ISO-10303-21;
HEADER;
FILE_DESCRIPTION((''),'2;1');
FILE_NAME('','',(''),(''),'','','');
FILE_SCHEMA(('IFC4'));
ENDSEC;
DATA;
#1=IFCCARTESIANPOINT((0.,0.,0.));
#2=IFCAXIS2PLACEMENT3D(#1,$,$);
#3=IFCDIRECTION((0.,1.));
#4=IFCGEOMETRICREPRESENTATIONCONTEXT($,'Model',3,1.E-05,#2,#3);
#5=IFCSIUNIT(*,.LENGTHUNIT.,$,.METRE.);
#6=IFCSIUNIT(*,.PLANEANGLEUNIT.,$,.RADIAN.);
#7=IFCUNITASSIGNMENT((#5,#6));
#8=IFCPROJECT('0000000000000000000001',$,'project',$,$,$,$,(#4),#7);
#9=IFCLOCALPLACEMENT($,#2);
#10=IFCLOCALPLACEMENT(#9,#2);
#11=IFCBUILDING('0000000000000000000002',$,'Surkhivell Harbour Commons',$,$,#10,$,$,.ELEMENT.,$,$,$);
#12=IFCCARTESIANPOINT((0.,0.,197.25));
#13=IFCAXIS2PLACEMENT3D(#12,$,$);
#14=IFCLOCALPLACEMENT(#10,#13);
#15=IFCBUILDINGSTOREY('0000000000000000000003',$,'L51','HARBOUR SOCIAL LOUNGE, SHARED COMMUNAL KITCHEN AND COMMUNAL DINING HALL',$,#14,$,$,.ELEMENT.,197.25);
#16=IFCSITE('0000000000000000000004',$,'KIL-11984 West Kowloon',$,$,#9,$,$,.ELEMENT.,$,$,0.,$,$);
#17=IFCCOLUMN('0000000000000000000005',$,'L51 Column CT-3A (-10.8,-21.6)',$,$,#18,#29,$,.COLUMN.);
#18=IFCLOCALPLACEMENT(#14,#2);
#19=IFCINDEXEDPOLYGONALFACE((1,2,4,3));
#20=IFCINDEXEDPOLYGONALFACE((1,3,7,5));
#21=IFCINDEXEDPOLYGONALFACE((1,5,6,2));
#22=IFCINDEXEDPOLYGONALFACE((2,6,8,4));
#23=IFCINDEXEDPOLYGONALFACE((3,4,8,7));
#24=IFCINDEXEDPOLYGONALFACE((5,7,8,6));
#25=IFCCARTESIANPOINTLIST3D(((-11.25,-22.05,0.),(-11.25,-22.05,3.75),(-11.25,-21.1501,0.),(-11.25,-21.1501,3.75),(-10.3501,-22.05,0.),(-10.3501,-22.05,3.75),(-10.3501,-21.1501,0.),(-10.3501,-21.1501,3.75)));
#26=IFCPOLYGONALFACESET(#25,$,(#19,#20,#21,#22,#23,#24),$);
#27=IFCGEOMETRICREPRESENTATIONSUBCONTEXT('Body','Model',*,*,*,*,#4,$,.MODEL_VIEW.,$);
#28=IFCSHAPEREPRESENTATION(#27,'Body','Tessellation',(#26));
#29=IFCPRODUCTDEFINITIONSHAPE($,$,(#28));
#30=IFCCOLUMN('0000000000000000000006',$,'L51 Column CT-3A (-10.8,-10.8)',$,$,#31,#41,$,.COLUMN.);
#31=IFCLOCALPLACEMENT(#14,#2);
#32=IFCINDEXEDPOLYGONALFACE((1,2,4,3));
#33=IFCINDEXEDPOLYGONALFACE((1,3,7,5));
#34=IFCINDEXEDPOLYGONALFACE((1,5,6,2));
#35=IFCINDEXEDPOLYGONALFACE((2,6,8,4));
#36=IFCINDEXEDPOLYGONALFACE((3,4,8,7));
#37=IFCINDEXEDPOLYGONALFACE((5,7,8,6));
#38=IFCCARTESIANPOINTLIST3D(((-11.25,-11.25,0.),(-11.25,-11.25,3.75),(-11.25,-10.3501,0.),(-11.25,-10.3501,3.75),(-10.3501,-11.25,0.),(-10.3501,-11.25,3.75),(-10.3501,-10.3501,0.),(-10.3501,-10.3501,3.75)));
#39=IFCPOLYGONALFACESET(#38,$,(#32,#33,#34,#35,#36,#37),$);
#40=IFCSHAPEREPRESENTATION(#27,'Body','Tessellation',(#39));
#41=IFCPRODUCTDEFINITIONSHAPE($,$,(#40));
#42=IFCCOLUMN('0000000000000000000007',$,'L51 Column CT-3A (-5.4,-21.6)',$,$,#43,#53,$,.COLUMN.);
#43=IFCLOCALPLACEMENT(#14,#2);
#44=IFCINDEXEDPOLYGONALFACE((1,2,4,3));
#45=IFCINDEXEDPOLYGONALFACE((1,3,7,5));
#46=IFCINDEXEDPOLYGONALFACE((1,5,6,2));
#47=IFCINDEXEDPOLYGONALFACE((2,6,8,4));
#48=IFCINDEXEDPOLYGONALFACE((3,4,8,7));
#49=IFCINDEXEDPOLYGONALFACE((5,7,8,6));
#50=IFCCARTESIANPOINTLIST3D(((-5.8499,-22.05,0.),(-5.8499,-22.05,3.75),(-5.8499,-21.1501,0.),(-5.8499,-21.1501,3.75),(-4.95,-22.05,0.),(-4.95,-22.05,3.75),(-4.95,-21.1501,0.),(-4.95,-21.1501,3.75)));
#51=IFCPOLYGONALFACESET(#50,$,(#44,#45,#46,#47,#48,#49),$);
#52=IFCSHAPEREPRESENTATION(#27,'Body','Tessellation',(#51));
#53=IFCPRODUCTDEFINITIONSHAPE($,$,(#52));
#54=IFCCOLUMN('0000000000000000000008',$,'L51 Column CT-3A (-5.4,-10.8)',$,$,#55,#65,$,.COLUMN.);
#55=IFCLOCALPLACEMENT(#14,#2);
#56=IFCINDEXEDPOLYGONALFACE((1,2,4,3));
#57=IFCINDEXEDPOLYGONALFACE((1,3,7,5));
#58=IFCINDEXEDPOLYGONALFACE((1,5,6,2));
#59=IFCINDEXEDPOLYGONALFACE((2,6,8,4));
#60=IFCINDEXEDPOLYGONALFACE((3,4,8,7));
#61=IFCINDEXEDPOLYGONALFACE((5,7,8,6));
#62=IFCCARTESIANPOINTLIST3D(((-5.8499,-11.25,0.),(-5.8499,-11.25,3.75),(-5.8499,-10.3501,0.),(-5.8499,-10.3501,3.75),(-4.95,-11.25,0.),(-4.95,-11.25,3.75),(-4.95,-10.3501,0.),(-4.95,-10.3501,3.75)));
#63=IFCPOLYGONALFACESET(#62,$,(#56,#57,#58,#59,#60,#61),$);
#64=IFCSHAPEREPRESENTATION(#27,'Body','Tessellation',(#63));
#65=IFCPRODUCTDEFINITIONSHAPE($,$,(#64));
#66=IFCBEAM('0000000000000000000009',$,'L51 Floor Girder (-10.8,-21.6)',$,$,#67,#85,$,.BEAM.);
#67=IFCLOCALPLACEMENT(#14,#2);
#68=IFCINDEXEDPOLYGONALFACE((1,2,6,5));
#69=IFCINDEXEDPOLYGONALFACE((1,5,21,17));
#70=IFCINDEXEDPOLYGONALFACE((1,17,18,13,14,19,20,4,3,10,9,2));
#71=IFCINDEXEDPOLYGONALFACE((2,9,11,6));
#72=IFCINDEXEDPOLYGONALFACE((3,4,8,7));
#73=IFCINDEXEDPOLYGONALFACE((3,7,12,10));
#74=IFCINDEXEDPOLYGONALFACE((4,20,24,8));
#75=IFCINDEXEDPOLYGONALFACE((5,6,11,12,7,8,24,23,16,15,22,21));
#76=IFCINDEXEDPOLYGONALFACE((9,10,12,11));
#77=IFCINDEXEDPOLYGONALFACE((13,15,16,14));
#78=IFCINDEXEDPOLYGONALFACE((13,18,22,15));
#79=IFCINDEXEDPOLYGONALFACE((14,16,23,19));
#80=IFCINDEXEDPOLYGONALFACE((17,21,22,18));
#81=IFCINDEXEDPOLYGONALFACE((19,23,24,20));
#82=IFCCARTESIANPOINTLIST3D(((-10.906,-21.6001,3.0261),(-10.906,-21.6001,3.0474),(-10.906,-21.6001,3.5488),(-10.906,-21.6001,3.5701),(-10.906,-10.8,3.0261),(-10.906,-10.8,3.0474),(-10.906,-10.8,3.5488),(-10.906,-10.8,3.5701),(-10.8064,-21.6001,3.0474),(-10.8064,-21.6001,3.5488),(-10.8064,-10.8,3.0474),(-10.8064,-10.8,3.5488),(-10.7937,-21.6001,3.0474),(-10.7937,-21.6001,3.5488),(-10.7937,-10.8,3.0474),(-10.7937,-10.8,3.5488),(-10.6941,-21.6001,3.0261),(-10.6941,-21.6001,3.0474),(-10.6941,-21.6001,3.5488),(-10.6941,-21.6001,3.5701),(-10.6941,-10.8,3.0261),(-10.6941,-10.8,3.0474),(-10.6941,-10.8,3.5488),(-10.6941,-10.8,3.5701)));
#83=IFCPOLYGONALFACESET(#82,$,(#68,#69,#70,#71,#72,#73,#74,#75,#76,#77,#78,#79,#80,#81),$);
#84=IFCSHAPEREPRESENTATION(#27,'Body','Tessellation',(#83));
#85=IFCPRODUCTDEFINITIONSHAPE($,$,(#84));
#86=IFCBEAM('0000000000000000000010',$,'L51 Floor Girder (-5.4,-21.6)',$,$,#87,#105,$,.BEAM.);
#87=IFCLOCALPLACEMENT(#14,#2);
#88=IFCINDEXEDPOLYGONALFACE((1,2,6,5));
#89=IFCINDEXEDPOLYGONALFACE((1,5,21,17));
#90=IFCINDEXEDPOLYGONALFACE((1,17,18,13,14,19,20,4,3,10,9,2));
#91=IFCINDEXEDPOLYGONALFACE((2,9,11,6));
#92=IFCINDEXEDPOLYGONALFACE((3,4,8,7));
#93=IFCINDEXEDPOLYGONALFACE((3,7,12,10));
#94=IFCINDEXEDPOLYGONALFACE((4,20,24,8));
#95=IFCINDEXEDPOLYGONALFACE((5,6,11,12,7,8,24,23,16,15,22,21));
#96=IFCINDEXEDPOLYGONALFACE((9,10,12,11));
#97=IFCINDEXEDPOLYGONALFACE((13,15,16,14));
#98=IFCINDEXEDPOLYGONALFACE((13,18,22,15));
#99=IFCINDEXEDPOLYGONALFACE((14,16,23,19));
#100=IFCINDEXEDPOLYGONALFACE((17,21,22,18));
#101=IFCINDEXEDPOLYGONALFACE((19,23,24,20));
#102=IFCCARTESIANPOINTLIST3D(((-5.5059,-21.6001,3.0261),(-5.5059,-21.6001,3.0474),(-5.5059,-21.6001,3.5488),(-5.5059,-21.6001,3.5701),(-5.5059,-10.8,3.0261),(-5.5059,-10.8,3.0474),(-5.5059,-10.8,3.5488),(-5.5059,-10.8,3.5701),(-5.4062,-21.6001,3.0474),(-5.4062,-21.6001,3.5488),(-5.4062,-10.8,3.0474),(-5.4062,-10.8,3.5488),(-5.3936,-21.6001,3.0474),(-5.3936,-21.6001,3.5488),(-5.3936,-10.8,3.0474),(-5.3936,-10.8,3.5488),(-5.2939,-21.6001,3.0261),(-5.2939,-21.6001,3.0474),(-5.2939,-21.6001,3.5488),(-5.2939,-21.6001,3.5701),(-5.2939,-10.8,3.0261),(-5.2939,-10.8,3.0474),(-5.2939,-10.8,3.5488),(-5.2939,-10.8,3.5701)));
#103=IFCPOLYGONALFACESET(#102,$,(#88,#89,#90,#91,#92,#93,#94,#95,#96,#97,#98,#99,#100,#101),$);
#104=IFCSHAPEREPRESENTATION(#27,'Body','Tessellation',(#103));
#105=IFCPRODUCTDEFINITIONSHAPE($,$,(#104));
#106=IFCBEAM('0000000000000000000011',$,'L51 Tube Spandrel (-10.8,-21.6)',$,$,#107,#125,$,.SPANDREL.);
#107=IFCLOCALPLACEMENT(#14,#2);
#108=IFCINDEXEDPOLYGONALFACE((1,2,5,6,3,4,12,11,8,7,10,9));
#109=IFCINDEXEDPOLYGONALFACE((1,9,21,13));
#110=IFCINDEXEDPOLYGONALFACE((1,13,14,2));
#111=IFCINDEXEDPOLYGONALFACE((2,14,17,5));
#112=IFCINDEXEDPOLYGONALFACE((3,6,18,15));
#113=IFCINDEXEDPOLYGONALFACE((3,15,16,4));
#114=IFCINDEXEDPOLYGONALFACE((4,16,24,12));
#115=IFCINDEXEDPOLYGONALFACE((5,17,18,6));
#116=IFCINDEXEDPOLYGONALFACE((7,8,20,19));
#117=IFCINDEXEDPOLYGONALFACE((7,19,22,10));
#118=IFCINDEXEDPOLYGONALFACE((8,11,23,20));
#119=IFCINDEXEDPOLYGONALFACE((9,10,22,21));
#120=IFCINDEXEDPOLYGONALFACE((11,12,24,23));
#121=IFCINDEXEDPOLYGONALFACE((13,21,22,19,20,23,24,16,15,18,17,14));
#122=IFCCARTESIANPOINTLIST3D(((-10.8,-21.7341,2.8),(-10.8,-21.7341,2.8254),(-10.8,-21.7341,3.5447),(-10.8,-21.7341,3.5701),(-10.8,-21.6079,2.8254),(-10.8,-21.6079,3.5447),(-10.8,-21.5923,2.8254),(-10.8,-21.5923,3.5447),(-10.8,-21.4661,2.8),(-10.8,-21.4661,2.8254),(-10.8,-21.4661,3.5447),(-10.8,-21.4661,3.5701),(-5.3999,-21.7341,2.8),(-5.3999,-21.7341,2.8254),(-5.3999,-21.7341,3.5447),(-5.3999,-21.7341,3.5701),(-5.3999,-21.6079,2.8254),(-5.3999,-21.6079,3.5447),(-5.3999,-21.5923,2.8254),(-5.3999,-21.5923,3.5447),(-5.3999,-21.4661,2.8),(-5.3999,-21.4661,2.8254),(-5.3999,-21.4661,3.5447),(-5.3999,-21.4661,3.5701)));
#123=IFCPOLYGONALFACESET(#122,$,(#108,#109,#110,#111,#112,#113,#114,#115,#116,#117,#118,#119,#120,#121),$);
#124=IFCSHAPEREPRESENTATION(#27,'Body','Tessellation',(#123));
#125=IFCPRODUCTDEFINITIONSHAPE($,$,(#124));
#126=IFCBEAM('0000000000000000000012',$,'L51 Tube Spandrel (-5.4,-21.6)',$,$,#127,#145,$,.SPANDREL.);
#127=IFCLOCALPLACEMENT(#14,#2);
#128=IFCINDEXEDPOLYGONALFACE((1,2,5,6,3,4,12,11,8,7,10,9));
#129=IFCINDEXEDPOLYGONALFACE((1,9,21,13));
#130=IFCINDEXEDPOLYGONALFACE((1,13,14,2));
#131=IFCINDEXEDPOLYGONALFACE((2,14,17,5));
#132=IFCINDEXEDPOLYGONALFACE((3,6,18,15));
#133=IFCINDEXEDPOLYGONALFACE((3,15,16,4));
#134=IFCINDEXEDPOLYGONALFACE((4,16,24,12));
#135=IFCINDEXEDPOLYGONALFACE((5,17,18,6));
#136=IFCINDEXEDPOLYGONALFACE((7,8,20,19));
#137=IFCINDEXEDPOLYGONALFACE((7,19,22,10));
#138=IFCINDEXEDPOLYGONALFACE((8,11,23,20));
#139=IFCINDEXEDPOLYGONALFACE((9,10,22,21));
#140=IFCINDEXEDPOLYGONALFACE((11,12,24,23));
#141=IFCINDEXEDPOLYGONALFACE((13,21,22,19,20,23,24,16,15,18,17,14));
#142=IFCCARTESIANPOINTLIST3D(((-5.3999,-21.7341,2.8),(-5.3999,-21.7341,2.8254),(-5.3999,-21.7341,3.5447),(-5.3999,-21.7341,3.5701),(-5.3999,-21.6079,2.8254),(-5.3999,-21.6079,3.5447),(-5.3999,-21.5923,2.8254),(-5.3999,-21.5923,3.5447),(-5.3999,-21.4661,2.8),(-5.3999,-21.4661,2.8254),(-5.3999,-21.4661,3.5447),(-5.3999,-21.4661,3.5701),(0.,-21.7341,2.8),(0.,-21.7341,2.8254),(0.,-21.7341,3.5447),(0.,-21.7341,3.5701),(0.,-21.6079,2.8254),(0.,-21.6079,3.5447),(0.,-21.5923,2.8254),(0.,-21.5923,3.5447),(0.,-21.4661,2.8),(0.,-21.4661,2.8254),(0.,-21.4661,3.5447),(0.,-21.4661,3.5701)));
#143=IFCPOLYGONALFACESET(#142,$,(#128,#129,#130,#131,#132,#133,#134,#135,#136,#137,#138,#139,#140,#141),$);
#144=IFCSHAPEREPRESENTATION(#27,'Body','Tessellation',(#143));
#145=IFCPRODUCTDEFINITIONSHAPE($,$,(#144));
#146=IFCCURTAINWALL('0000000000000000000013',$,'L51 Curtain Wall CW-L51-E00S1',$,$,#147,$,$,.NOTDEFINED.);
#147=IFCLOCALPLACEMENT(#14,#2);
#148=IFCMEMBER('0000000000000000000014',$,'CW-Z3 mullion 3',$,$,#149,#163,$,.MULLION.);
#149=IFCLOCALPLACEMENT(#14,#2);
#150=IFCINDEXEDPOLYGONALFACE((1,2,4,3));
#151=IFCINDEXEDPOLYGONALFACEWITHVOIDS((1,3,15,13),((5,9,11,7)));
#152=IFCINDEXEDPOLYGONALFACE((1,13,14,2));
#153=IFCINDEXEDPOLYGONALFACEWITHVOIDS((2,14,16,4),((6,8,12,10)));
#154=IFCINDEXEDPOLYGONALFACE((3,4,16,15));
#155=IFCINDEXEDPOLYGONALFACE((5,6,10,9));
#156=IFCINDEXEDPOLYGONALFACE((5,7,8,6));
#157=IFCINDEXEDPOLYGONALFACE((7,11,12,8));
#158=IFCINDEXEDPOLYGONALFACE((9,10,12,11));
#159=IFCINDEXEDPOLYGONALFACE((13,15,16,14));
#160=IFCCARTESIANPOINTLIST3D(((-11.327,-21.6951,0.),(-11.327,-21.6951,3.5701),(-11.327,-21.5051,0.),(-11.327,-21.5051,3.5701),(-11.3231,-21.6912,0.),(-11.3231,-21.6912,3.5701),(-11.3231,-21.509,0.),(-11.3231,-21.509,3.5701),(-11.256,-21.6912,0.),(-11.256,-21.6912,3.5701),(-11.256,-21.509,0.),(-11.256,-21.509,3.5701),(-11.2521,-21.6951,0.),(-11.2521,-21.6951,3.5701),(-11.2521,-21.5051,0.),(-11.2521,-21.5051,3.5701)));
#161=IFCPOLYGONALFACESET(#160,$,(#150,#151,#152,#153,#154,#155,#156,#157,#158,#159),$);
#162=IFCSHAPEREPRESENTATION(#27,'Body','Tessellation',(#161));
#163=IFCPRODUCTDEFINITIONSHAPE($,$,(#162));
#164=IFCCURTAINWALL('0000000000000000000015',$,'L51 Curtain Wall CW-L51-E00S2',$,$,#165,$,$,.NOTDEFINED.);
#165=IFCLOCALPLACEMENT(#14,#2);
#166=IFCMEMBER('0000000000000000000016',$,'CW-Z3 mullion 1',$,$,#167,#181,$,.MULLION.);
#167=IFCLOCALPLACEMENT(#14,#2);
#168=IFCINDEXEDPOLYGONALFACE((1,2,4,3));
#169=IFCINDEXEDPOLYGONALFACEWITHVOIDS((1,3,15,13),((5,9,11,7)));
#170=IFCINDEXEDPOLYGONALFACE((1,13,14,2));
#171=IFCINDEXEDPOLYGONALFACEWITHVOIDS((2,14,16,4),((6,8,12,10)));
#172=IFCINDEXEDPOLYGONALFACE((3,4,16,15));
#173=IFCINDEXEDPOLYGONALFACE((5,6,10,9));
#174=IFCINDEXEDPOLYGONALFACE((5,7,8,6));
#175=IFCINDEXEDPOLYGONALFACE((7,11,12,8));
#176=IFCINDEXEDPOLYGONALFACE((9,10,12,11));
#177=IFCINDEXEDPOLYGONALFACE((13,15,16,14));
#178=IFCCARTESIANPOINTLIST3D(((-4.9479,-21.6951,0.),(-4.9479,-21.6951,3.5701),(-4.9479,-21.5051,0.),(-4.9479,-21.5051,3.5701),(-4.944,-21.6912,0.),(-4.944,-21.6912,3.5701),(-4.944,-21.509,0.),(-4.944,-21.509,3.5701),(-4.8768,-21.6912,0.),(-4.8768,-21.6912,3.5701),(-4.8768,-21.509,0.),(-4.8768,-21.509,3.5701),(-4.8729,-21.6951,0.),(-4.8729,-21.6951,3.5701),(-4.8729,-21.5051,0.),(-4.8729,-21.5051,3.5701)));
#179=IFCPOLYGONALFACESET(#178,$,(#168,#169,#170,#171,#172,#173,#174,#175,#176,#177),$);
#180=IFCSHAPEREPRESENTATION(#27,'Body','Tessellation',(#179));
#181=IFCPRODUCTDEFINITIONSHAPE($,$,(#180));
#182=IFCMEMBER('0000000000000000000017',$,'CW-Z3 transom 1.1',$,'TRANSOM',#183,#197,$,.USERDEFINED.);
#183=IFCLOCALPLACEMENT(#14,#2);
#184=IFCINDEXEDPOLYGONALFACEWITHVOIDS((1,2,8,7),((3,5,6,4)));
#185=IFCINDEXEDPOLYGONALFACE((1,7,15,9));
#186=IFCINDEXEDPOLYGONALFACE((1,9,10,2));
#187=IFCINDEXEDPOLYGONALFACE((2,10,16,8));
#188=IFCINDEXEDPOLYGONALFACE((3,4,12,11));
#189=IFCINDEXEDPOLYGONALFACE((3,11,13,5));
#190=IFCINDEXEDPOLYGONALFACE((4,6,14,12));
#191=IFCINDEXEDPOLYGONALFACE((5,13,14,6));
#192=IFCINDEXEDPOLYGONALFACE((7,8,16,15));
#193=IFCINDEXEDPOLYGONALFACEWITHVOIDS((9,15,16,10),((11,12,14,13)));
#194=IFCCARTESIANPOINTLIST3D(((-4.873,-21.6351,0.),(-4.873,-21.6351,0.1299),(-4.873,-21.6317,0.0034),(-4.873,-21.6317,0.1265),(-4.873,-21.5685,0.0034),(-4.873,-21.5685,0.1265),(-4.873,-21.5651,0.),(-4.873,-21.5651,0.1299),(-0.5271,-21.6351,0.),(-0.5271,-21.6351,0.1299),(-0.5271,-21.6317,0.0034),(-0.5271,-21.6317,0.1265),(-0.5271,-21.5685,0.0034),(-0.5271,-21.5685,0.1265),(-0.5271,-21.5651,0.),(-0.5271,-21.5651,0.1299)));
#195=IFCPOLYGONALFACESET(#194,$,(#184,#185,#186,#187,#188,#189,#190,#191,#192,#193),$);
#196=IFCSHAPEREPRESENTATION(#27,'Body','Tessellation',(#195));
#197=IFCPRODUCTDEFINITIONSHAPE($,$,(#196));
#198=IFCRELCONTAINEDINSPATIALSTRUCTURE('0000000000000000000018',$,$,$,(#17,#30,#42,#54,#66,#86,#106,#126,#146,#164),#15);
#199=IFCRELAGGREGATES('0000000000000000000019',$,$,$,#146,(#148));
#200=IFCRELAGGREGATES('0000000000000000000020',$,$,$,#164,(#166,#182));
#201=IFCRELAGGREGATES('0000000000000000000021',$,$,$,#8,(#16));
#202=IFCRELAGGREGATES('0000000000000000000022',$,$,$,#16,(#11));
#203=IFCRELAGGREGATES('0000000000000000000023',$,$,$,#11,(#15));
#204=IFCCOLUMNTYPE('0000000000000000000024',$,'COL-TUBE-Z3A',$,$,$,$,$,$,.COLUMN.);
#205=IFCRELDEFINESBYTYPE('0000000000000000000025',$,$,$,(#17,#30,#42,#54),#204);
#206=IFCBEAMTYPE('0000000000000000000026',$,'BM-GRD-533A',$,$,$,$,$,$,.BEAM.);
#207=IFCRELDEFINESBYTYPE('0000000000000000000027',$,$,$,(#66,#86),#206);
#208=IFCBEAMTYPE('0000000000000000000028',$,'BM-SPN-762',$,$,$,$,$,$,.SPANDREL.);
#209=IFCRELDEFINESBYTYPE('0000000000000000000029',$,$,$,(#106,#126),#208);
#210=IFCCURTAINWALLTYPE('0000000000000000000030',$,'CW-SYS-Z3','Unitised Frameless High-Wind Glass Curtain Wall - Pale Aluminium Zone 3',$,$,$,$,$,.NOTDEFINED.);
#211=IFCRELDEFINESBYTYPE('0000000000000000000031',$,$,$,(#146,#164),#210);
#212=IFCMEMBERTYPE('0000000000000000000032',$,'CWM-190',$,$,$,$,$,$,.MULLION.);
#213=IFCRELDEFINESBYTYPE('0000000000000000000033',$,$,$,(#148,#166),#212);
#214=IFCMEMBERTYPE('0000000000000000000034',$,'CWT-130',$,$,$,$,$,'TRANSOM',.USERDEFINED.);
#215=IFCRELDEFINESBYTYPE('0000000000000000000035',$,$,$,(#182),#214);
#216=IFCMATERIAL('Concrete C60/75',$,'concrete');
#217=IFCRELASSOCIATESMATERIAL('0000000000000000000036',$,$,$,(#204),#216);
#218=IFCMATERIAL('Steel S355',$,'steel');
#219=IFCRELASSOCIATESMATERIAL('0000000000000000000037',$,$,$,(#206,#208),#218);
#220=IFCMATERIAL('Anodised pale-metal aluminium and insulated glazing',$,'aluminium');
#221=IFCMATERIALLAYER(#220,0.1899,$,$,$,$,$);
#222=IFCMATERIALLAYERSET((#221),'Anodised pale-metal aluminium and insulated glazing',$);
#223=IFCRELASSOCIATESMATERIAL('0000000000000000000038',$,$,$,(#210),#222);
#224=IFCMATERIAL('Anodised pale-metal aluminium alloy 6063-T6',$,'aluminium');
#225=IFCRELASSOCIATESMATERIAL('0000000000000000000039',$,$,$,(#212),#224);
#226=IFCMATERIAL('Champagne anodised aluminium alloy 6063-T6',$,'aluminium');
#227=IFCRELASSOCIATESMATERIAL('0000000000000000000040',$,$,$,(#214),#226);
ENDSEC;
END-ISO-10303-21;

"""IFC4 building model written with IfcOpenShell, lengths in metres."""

from ifc_helpers import new_model, si_unit, direction, frame, origin, origin_2d, place, context, subcontext, project, spatial, rectangle, hollow_rectangle, i_section, extrude, material, layer, layer_set, material_profile, profile_set, type_object, element, aggregate, save


model = new_model("IFC4")

# Units and contexts
model_context = context("Model", 3, precision=1e-05, world=origin(), true_north=direction((0.0, 1.0)))
body_context = subcontext(model_context, "Body", "Model", "MODEL_VIEW")
ifc_project = project(units=[si_unit("LENGTHUNIT", "METRE"), si_unit("PLANEANGLEUNIT", "RADIAN")], contexts=[model_context])

# Site, building, storey
site_placement = place(None, origin())
site = spatial("IfcSite", under=ifc_project, at=site_placement, Name="KIL-11984 West Kowloon", CompositionType="ELEMENT", RefElevation=0.0)
building_placement = place(site_placement, origin())
building = spatial("IfcBuilding", under=site, at=building_placement, Name="Surkhivell Harbour Commons", CompositionType="ELEMENT")
storey_placement = place(building_placement, frame((0.0, 0.0, 197.25)))
storey = spatial("IfcBuildingStorey", under=building, at=storey_placement, Name="L51", Description="HARBOUR SOCIAL LOUNGE, SHARED COMMUNAL KITCHEN AND COMMUNAL DINING HALL", CompositionType="ELEMENT", Elevation=197.25)

# Columns
ifc_material_1 = material(Name="Concrete C60/75", Category="concrete")
ifc_material_profile_1 = material_profile(ifc_material_1, rectangle(XDim=0.8999, YDim=0.8999, at=origin_2d()), Name="RC-COL-900x900")
ifc_profile_set_1 = profile_set([ifc_material_profile_1], Name="Concrete C60/75")
column_type = type_object("IfcColumnType", Name="COL-TUBE-Z3A", PredefinedType="COLUMN", material=ifc_profile_set_1)
for number, where, z_axis, x_axis, name in (
    (1, (-10.8, -21.6001, 0.0), (0.0, 0.0, 1.0), (1.0, 0.0, 0.0), "L51 Column CT-3A (-10.8,-21.6)"),
    (2, (-10.8, -10.8, 0.0), (0.0, 0.0, 1.0), (1.0, 0.0, 0.0), "L51 Column CT-3A (-10.8,-10.8)"),
    (3, (-5.3999, -21.6001, 0.0), (0.0, 0.0, 1.0), (1.0, 0.0, 0.0), "L51 Column CT-3A (-5.4,-21.6)"),
    (4, (-5.3999, -10.8, 0.0), (0.0, 0.0, 1.0), (1.0, 0.0, 0.0), "L51 Column CT-3A (-5.4,-10.8)"),
):
    element("IfcColumn", number, at=place(storey_placement, frame(where, z_axis=z_axis, x_axis=x_axis)), inside=storey, type_object=column_type, Name=name, PredefinedType="COLUMN", context=body_context, shape_type="SweptSolid", body=[
        extrude(rectangle(XDim=0.8999, YDim=0.8999, at=origin_2d()), origin(), (0.0, 0.0, 1.0), 3.75),
    ])

# Beams
ifc_material_2 = material(Name="Steel S355", Category="steel")
ifc_material_profile_2 = material_profile(ifc_material_2, i_section(OverallWidth=0.2119, OverallDepth=0.5439, WebThickness=0.0127, FlangeThickness=0.0212, at=origin_2d()), Name="UB533x210x122")
ifc_profile_set_2 = profile_set([ifc_material_profile_2], Name="Steel S355")
beam_type_1 = type_object("IfcBeamType", Name="BM-GRD-533A", PredefinedType="BEAM", material=ifc_profile_set_2)
for number, where, z_axis, x_axis, name in (
    (5, (-10.8, -21.6001, 3.2981), (0.0, 1.0, 0.0), (-1.0, 0.0, 0.0), "L51 Floor Girder (-10.8,-21.6)"),
    (6, (-5.3999, -21.6001, 3.2981), (0.0, 1.0, 0.0), (-1.0, 0.0, 0.0), "L51 Floor Girder (-5.4,-21.6)"),
):
    element("IfcBeam", number, at=place(storey_placement, frame(where, z_axis=z_axis, x_axis=x_axis)), inside=storey, type_object=beam_type_1, Name=name, PredefinedType="BEAM", context=body_context, shape_type="SweptSolid", body=[
        extrude(i_section(OverallWidth=0.2119, OverallDepth=0.5439, WebThickness=0.0127, FlangeThickness=0.0212, at=origin_2d()), origin(), (0.0, 0.0, 1.0), 10.8),
    ])
ifc_material_profile_3 = material_profile(ifc_material_2, i_section(OverallWidth=0.2681, OverallDepth=0.77, WebThickness=0.0156, FlangeThickness=0.0254, at=origin_2d()), Name="UB762x267x197")
ifc_profile_set_3 = profile_set([ifc_material_profile_3], Name="Steel S355")
beam_type_2 = type_object("IfcBeamType", Name="BM-SPN-762", PredefinedType="SPANDREL", material=ifc_profile_set_3)
beam_1_placement = place(storey_placement, frame((-10.8, -21.6001, 3.1851), z_axis=(1.0, 0.0, 0.0), x_axis=(0.0, 1.0, 0.0)))
element("IfcBeam", 7, at=beam_1_placement, inside=storey, type_object=beam_type_2, Name="L51 Tube Spandrel (-10.8,-21.6)", PredefinedType="SPANDREL", context=body_context, shape_type="SweptSolid", body=[
    extrude(i_section(OverallWidth=0.2681, OverallDepth=0.77, WebThickness=0.0156, FlangeThickness=0.0254, at=origin_2d()), origin(), (0.0, 0.0, 1.0), 5.4001),
])
beam_2_placement = place(storey_placement, frame((-5.3999, -21.6001, 3.1851), z_axis=(1.0, 0.0, 0.0), x_axis=(0.0, 1.0, 0.0)))
element("IfcBeam", 8, at=beam_2_placement, inside=storey, type_object=beam_type_2, Name="L51 Tube Spandrel (-5.4,-21.6)", PredefinedType="SPANDREL", context=body_context, shape_type="SweptSolid", body=[
    extrude(i_section(OverallWidth=0.2681, OverallDepth=0.77, WebThickness=0.0156, FlangeThickness=0.0254, at=origin_2d()), origin(), (0.0, 0.0, 1.0), 5.3999),
])

# Curtain wall, member
ifc_material_3 = material(Name="Anodised pale-metal aluminium and insulated glazing", Category="aluminium")
ifc_layer_1 = layer(ifc_material_3, 0.1899)
ifc_layer_set_1 = layer_set([ifc_layer_1], Name="Anodised pale-metal aluminium and insulated glazing")
curtain_wall_type = type_object("IfcCurtainWallType", Name="CW-SYS-Z3", Description="Unitised Frameless High-Wind Glass Curtain Wall - Pale Aluminium Zone 3", PredefinedType="NOTDEFINED", material=ifc_layer_set_1)
curtain_wall_1_placement = place(storey_placement, origin())
curtain_wall_1 = element("IfcCurtainWall", 9, at=curtain_wall_1_placement, inside=storey, type_object=curtain_wall_type, Name="L51 Curtain Wall CW-L51-E00S1", PredefinedType="NOTDEFINED")
ifc_material_4 = material(Name="Anodised pale-metal aluminium alloy 6063-T6", Category="aluminium")
ifc_material_profile_4 = material_profile(ifc_material_4, hollow_rectangle(XDim=0.075, YDim=0.1899, WallThickness=0.0039, at=origin_2d()), Name="ALU-MULL-75x190")
ifc_profile_set_4 = profile_set([ifc_material_profile_4], Name="Anodised pale-metal aluminium alloy 6063-T6")
member_type_1 = type_object("IfcMemberType", Name="CWM-190", PredefinedType="MULLION", material=ifc_profile_set_4)
member_1_placement = place(storey_placement, frame((-11.2896, -21.6001, 0.0), z_axis=(0.0, 0.0, 1.0), x_axis=(1.0, 0.0, 0.0)))
member_1 = element("IfcMember", 10, at=member_1_placement, type_object=member_type_1, Name="CW-Z3 mullion 3", PredefinedType="MULLION", context=body_context, shape_type="SweptSolid", body=[
    extrude(hollow_rectangle(XDim=0.075, YDim=0.1899, WallThickness=0.0039, at=origin_2d()), origin(), (0.0, 0.0, 1.0), 3.5701),
])
aggregate(curtain_wall_1, [member_1])

# Curtain wall, members
curtain_wall_2_placement = place(storey_placement, origin())
curtain_wall_2 = element("IfcCurtainWall", 11, at=curtain_wall_2_placement, inside=storey, type_object=curtain_wall_type, Name="L51 Curtain Wall CW-L51-E00S2", PredefinedType="NOTDEFINED")
member_2_placement = place(storey_placement, frame((-4.9104, -21.6001, 0.0), z_axis=(0.0, 0.0, 1.0), x_axis=(1.0, 0.0, 0.0)))
member_2 = element("IfcMember", 12, at=member_2_placement, type_object=member_type_1, Name="CW-Z3 mullion 1", PredefinedType="MULLION", context=body_context, shape_type="SweptSolid", body=[
    extrude(hollow_rectangle(XDim=0.075, YDim=0.1899, WallThickness=0.0039, at=origin_2d()), origin(), (0.0, 0.0, 1.0), 3.5701),
])
ifc_material_5 = material(Name="Champagne anodised aluminium alloy 6063-T6", Category="aluminium")
ifc_material_profile_5 = material_profile(ifc_material_5, hollow_rectangle(XDim=0.0701, YDim=0.1299, WallThickness=0.0034, at=origin_2d()), Name="ALU-TRAN-70x130")
ifc_profile_set_5 = profile_set([ifc_material_profile_5], Name="Champagne anodised aluminium alloy 6063-T6")
member_type_2 = type_object("IfcMemberType", Name="CWT-130", ElementType="TRANSOM", PredefinedType="USERDEFINED", material=ifc_profile_set_5)
member_3_placement = place(storey_placement, frame((-4.873, -21.6001, 0.0649), z_axis=(1.0, 0.0, 0.0), x_axis=(0.0, 1.0, 0.0)))
member_3 = element("IfcMember", 13, at=member_3_placement, type_object=member_type_2, Name="CW-Z3 transom 1.1", ObjectType="TRANSOM", PredefinedType="USERDEFINED", context=body_context, shape_type="SweptSolid", body=[
    extrude(hollow_rectangle(XDim=0.0701, YDim=0.1299, WallThickness=0.0034, at=origin_2d()), origin(), (0.0, 0.0, 1.0), 4.3459),
])

aggregate(curtain_wall_2, [member_2, member_3])

save(model, "model.ifc")
